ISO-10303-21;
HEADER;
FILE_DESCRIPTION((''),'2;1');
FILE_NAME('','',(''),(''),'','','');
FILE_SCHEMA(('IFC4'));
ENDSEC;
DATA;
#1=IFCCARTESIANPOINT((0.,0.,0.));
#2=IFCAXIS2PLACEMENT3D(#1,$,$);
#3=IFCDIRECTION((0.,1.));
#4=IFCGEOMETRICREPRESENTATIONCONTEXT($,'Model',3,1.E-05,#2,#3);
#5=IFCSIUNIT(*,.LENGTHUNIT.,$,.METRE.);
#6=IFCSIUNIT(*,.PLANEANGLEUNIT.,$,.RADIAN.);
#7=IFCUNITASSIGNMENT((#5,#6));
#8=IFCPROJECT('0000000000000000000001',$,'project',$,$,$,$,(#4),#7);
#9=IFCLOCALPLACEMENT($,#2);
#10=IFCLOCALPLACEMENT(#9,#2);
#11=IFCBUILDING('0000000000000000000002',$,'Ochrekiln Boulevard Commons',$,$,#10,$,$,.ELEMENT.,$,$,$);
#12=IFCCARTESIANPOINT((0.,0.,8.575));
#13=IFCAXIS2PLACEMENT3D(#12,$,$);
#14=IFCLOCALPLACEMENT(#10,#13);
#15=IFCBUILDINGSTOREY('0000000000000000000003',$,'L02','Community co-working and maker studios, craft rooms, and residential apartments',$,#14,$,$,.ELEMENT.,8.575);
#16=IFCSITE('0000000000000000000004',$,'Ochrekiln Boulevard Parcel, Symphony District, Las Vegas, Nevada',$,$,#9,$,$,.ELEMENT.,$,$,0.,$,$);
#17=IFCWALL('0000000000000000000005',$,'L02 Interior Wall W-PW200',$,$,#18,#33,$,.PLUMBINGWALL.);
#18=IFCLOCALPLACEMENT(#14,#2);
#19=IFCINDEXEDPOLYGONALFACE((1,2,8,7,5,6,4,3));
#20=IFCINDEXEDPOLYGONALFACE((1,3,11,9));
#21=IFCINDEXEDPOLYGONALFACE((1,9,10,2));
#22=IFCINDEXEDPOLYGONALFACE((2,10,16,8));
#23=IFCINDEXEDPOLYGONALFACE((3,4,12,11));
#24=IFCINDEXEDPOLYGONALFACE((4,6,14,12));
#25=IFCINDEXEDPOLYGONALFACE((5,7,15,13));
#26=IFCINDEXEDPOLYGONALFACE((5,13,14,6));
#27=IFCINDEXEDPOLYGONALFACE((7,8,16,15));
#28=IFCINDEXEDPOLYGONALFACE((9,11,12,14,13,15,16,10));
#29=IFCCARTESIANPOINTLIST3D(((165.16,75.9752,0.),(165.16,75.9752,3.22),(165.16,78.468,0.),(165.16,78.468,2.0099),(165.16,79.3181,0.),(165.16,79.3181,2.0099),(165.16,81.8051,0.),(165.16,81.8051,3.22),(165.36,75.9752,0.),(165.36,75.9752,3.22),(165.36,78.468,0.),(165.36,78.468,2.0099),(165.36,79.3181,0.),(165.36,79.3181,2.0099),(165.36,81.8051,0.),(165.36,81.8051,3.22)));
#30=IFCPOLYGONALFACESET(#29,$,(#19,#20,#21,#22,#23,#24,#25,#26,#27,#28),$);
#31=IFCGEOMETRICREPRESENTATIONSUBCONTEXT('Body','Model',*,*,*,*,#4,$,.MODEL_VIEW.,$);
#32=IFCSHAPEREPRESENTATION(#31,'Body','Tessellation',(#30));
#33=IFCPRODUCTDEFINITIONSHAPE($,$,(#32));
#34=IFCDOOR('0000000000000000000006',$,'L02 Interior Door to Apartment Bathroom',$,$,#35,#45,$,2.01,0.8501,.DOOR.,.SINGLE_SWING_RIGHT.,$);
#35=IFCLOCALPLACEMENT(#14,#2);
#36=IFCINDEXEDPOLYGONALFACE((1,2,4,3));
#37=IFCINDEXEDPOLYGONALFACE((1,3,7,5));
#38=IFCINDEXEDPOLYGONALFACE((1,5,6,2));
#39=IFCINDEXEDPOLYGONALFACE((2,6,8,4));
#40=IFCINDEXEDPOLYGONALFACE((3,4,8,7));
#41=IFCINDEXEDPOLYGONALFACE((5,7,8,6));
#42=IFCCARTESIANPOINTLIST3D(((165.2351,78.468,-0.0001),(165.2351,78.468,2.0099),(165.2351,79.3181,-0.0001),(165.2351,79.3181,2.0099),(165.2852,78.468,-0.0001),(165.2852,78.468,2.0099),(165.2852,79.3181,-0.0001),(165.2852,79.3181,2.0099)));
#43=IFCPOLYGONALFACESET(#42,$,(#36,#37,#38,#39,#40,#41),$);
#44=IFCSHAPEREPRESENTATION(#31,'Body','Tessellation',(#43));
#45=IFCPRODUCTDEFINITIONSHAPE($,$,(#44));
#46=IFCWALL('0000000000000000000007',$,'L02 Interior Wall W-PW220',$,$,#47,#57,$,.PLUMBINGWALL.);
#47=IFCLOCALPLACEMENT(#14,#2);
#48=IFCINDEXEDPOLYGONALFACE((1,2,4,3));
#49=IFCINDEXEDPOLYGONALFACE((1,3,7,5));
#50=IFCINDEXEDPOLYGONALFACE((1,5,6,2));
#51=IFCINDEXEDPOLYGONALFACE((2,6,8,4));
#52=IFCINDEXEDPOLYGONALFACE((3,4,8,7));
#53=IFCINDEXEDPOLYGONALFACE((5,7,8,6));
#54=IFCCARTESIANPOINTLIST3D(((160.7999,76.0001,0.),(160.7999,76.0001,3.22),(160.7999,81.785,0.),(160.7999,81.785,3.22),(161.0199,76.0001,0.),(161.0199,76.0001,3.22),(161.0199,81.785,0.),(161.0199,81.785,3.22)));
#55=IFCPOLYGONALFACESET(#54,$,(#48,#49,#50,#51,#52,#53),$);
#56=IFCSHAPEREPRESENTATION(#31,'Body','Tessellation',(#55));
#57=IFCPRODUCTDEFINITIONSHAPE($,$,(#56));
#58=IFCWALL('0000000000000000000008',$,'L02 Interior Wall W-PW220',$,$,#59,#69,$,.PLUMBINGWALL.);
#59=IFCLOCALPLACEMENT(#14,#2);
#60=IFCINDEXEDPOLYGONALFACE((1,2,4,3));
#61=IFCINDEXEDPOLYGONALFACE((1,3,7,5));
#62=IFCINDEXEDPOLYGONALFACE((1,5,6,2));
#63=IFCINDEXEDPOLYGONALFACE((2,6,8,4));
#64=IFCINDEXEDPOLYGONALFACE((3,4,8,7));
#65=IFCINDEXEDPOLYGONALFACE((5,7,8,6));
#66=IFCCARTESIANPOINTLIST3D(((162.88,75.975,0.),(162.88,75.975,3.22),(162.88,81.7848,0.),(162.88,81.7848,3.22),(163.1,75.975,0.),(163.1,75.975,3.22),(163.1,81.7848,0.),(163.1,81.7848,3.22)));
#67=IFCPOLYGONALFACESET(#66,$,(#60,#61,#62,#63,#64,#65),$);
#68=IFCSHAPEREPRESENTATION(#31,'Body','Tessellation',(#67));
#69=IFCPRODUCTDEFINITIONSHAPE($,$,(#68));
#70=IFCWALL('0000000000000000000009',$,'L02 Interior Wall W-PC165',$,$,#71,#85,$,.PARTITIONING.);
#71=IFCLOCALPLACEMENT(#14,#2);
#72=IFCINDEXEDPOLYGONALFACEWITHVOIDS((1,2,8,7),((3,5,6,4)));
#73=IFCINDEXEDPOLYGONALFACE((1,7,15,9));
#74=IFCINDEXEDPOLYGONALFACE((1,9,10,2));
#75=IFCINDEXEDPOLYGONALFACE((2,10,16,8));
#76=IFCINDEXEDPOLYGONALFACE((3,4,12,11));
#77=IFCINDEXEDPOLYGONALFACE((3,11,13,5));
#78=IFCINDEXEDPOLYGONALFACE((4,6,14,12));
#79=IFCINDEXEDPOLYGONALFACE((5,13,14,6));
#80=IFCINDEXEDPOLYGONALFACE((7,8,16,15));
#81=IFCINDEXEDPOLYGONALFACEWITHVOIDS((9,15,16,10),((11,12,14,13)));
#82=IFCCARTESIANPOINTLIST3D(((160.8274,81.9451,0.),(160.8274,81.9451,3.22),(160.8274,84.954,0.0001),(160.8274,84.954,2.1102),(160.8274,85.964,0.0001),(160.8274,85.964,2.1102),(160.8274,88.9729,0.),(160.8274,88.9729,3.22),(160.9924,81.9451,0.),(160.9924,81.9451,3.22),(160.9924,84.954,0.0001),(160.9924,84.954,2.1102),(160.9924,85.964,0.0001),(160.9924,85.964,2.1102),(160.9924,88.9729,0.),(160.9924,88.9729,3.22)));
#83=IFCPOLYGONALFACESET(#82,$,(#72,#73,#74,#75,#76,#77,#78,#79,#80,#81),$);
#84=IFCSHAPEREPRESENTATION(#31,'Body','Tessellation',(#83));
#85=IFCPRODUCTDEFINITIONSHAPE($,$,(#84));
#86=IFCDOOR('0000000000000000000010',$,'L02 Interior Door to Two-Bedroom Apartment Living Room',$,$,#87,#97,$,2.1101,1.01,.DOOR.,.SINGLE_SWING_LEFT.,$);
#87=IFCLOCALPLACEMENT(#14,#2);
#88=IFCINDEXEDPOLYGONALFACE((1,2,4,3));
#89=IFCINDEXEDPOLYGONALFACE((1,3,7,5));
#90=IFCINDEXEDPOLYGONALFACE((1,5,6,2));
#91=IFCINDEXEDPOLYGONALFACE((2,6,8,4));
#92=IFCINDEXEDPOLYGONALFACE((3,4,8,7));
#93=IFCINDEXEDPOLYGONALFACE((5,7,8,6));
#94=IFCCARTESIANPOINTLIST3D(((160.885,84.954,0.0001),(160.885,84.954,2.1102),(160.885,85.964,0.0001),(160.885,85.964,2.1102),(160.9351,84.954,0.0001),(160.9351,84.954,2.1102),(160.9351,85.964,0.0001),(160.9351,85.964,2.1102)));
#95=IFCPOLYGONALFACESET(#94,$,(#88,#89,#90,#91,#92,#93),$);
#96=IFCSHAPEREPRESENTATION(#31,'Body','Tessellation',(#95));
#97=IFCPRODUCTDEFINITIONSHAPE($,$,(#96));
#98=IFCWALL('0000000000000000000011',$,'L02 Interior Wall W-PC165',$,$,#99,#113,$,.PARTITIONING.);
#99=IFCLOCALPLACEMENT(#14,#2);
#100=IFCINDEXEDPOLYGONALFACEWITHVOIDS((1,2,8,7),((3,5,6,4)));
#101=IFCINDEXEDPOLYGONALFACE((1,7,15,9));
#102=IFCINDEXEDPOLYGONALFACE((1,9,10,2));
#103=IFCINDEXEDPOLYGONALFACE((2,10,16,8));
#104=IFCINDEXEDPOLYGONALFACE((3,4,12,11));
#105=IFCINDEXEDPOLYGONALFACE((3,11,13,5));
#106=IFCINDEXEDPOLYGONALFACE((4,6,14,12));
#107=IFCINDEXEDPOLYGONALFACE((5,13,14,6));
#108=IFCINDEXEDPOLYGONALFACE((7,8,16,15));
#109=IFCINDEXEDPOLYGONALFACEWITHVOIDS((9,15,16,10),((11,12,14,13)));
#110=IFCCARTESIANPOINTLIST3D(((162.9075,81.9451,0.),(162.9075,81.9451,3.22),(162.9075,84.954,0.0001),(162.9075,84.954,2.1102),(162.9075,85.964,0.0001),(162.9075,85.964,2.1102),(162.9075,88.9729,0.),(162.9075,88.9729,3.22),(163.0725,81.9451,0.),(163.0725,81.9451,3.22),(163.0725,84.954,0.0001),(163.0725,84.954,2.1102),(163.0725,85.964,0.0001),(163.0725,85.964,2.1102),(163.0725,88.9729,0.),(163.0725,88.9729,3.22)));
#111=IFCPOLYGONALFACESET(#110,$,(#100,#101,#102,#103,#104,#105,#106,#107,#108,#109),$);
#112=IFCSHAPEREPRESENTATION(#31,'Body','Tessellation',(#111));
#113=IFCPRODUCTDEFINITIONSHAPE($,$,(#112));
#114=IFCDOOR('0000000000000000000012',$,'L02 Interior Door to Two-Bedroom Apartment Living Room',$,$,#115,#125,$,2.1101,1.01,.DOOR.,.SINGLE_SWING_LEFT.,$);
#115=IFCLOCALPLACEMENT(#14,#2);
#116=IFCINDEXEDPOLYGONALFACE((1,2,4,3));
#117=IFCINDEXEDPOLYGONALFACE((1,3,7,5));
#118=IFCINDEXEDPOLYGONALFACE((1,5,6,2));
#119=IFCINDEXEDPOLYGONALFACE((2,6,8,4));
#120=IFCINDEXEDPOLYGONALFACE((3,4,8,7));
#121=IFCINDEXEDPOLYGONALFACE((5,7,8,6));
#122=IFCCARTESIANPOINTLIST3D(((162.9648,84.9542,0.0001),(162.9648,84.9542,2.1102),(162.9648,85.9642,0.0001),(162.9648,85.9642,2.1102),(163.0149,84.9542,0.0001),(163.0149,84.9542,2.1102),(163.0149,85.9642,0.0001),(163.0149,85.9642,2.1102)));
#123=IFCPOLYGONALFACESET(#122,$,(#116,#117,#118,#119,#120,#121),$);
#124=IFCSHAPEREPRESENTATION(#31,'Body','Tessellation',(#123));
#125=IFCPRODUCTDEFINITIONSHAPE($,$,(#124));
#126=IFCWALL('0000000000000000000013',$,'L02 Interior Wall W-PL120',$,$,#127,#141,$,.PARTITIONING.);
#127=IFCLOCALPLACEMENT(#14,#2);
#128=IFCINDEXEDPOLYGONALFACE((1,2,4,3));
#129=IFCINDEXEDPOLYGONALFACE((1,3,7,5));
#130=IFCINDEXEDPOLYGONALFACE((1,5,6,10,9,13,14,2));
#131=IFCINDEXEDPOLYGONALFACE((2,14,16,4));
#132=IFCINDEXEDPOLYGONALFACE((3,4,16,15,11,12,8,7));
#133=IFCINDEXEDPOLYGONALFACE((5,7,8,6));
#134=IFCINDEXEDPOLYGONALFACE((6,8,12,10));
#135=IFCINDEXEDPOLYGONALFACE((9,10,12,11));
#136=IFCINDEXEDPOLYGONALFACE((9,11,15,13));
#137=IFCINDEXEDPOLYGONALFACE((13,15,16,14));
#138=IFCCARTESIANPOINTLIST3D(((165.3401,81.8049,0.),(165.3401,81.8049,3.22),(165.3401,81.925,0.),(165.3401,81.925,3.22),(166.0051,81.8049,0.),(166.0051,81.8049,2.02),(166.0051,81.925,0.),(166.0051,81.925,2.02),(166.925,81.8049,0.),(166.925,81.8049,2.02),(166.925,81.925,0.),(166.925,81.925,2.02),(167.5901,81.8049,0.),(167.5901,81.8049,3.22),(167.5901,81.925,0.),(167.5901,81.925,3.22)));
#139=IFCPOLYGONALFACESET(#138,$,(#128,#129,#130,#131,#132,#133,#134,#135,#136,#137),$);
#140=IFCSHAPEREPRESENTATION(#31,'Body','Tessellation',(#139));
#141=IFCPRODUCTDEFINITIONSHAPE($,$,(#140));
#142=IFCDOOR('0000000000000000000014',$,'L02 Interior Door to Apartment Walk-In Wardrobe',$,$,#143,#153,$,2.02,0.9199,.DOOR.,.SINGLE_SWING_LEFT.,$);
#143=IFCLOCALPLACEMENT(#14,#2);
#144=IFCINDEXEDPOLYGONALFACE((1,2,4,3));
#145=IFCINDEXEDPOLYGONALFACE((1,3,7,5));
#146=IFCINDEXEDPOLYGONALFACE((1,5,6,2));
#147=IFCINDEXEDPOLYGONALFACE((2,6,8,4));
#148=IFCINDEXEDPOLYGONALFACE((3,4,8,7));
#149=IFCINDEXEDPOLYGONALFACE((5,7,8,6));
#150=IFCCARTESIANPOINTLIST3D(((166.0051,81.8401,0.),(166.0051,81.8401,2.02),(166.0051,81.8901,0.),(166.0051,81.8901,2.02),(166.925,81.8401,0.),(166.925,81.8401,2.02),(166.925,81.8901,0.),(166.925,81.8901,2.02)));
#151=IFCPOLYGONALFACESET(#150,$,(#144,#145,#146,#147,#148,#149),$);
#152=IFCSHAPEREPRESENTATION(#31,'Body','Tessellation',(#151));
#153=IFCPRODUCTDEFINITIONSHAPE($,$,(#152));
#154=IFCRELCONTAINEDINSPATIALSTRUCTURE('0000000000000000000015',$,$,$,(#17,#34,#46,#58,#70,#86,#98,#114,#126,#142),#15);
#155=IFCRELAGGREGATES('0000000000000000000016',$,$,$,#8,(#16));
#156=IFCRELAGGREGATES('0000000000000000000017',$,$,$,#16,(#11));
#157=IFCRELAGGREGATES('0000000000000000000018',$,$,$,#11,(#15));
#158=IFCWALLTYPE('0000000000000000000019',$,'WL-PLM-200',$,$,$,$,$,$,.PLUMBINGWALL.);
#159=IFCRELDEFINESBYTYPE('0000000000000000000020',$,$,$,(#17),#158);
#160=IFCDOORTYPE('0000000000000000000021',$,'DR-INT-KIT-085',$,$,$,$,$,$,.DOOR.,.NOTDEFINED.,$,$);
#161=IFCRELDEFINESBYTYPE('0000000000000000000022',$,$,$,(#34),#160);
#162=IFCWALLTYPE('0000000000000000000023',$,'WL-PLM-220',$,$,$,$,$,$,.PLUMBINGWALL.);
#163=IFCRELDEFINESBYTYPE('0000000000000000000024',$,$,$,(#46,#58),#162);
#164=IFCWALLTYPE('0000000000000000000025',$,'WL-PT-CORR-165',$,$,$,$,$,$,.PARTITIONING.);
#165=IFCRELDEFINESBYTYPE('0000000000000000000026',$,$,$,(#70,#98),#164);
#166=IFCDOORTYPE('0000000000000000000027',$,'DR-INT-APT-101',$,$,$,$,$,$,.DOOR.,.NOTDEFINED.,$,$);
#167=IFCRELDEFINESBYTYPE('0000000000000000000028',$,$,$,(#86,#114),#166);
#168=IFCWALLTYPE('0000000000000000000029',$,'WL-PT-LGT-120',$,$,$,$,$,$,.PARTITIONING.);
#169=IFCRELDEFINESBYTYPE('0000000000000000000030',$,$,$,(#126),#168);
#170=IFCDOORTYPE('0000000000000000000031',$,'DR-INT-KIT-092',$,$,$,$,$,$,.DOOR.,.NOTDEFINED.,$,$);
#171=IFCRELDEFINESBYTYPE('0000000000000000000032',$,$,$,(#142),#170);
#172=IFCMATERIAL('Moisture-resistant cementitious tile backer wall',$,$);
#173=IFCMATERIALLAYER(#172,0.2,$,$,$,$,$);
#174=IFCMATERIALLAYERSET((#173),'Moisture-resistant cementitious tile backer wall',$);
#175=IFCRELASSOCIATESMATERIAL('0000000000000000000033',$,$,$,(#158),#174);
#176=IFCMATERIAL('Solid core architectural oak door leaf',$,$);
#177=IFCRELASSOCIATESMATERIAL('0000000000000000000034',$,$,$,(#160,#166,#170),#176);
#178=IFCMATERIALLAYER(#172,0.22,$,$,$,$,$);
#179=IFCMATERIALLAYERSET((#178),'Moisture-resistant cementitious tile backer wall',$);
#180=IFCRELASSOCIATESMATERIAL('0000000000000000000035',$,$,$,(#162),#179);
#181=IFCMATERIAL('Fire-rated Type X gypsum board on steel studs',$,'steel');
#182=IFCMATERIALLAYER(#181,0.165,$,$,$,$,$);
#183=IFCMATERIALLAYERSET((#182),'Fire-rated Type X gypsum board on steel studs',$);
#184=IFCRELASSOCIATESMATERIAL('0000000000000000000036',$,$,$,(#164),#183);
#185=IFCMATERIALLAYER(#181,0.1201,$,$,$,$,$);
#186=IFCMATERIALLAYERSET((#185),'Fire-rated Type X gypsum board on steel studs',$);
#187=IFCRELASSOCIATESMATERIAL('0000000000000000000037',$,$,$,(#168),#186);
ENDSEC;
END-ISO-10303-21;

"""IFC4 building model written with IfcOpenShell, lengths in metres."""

from ifc_helpers import new_model, si_unit, direction, frame, frame_2d, origin, place, context, subcontext, project, spatial, rectangle, extrude, material, layer, layer_set, type_object, element, fill, save


model = new_model("IFC4")

# Units and contexts
model_context = context("Model", 3, precision=1e-05, world=origin(), true_north=direction((0.0, 1.0)))
body_context = subcontext(model_context, "Body", "Model", "MODEL_VIEW")
ifc_project = project(units=[si_unit("LENGTHUNIT", "METRE"), si_unit("PLANEANGLEUNIT", "RADIAN")], contexts=[model_context])

# Site, building, storey
site_placement = place(None, origin())
site = spatial("IfcSite", under=ifc_project, at=site_placement, Name="Ochrekiln Boulevard Parcel, Symphony District, Las Vegas, Nevada", CompositionType="ELEMENT", RefElevation=0.0)
building_placement = place(site_placement, origin())
building = spatial("IfcBuilding", under=site, at=building_placement, Name="Ochrekiln Boulevard Commons", CompositionType="ELEMENT")
storey_placement = place(building_placement, frame((0.0, 0.0, 8.575)))
storey = spatial("IfcBuildingStorey", under=building, at=storey_placement, Name="L02", Description="Community co-working and maker studios, craft rooms, and residential apartments", CompositionType="ELEMENT", Elevation=8.575)

# Shared definitions
ifc_material_1 = material(Name="Moisture-resistant cementitious tile backer wall")
ifc_layer_1 = layer(ifc_material_1, 0.2)
ifc_layer_set_1 = layer_set([ifc_layer_1], Name="Moisture-resistant cementitious tile backer wall")
wall_type_1 = type_object("IfcWallType", Name="WL-PLM-200", PredefinedType="PLUMBINGWALL", material=ifc_layer_set_1)

# Wall, opening, door
ifc_material_2 = material(Name="Solid core architectural oak door leaf")
door_type_1 = type_object("IfcDoorType", Name="DR-INT-KIT-085", OperationType="NOTDEFINED", PredefinedType="DOOR", material=ifc_material_2)
wall_1_placement = place(storey_placement, frame((165.26, 75.9751, 0.0), z_axis=(0.0, 0.0, 1.0), x_axis=(0.0, 1.0, 0.0)))
wall_1 = element("IfcWall", 1, at=wall_1_placement, inside=storey, type_object=wall_type_1, Name="L02 Interior Wall W-PW200", PredefinedType="PLUMBINGWALL", context=body_context, shape_type="SweptSolid", body=[
    extrude(rectangle(XDim=5.8298, YDim=0.2, at=frame_2d((2.915, 0.0))), origin(), (0.0, 0.0, 1.0), 3.22),
])
opening_1_placement = place(wall_1_placement, frame((2.4929, 0.0, 0.0)))
opening_1 = element("IfcOpeningElement", 2, at=opening_1_placement, cuts=wall_1, PredefinedType="OPENING", context=body_context, shape_type="SweptSolid", body=[
    extrude(rectangle(XDim=0.8501, YDim=2.01, at=frame_2d((0.425, 1.0049))), frame((0.0, 0.1099, 0.0), z_axis=(0.0, -1.0, 0.0), x_axis=(1.0, 0.0, 0.0)), (0.0, 0.0, 1.0), 0.22),
])
door_1_placement = place(opening_1_placement, origin())
door_1 = element("IfcDoor", 3, at=door_1_placement, inside=storey, type_object=door_type_1, Name="L02 Interior Door to Apartment Bathroom", OperationType="SINGLE_SWING_RIGHT", OverallHeight=2.01, OverallWidth=0.8501, PredefinedType="DOOR", context=body_context, shape_type="SweptSolid", body=[
    extrude(rectangle(XDim=0.8501, YDim=2.01, at=frame_2d((0.425, 1.0049))), frame((0.0, 0.0249, 0.0), z_axis=(0.0, -1.0, 0.0), x_axis=(1.0, 0.0, 0.0)), (0.0, 0.0, 1.0), 0.05),
])
fill(opening_1, door_1)

# Walls
ifc_layer_2 = layer(ifc_material_1, 0.22)
ifc_layer_set_2 = layer_set([ifc_layer_2], Name="Moisture-resistant cementitious tile backer wall")
wall_type_2 = type_object("IfcWallType", Name="WL-PLM-220", PredefinedType="PLUMBINGWALL", material=ifc_layer_set_2)
wall_2_placement = place(storey_placement, frame((160.9099, 76.0, 0.0), z_axis=(0.0, 0.0, 1.0), x_axis=(0.0, 1.0, 0.0)))
element("IfcWall", 4, at=wall_2_placement, inside=storey, type_object=wall_type_2, Name="L02 Interior Wall W-PW220", PredefinedType="PLUMBINGWALL", context=body_context, shape_type="SweptSolid", body=[
    extrude(rectangle(XDim=5.7849, YDim=0.22, at=frame_2d((2.8926, 0.0))), origin(), (0.0, 0.0, 1.0), 3.22),
])
wall_3_placement = place(storey_placement, frame((162.99, 75.9751, 0.0), z_axis=(0.0, 0.0, 1.0), x_axis=(0.0, 1.0, 0.0)))
element("IfcWall", 5, at=wall_3_placement, inside=storey, type_object=wall_type_2, Name="L02 Interior Wall W-PW220", PredefinedType="PLUMBINGWALL", context=body_context, shape_type="SweptSolid", body=[
    extrude(rectangle(XDim=5.8098, YDim=0.22, at=frame_2d((2.9048, 0.0))), origin(), (0.0, 0.0, 1.0), 3.22),
])

# Walls, openings, doors
ifc_material_3 = material(Name="Fire-rated Type X gypsum board on steel studs", Category="steel")
ifc_layer_3 = layer(ifc_material_3, 0.165)
ifc_layer_set_3 = layer_set([ifc_layer_3], Name="Fire-rated Type X gypsum board on steel studs")
wall_type_3 = type_object("IfcWallType", Name="WL-PT-CORR-165", PredefinedType="PARTITIONING", material=ifc_layer_set_3)
wall_4_placement = place(storey_placement, frame((160.9099, 81.9451, 0.0), z_axis=(0.0, 0.0, 1.0), x_axis=(0.0, 1.0, 0.0)))
wall_4 = element("IfcWall", 6, at=wall_4_placement, inside=storey, type_object=wall_type_3, Name="L02 Interior Wall W-PC165", PredefinedType="PARTITIONING", context=body_context, shape_type="SweptSolid", body=[
    extrude(rectangle(XDim=7.0278, YDim=0.165, at=frame_2d((3.5139, 0.0))), origin(), (0.0, 0.0, 1.0), 3.22),
])
opening_2_placement = place(wall_4_placement, frame((3.009, 0.0, 0.0)))
opening_2 = element("IfcOpeningElement", 7, at=opening_2_placement, cuts=wall_4, PredefinedType="OPENING", context=body_context, shape_type="SweptSolid", body=[
    extrude(rectangle(XDim=1.01, YDim=2.1101, at=frame_2d((0.5049, 1.0552))), frame((0.0, 0.0925, 0.0), z_axis=(0.0, -1.0, 0.0), x_axis=(1.0, 0.0, 0.0)), (0.0, 0.0, 1.0), 0.1851),
])
door_type_2 = type_object("IfcDoorType", Name="DR-INT-APT-101", OperationType="NOTDEFINED", PredefinedType="DOOR", material=ifc_material_2)
door_2_placement = place(opening_2_placement, origin())
door_2 = element("IfcDoor", 8, at=door_2_placement, inside=storey, type_object=door_type_2, Name="L02 Interior Door to Two-Bedroom Apartment Living Room", OperationType="SINGLE_SWING_LEFT", OverallHeight=2.1101, OverallWidth=1.01, PredefinedType="DOOR", context=body_context, shape_type="SweptSolid", body=[
    extrude(rectangle(XDim=1.01, YDim=2.1101, at=frame_2d((0.5049, 1.0552))), frame((0.0, 0.0249, 0.0), z_axis=(0.0, -1.0, 0.0), x_axis=(1.0, 0.0, 0.0)), (0.0, 0.0, 1.0), 0.05),
])
fill(opening_2, door_2)
wall_5_placement = place(storey_placement, frame((162.99, 81.9451, 0.0), z_axis=(0.0, 0.0, 1.0), x_axis=(0.0, 1.0, 0.0)))
wall_5 = element("IfcWall", 9, at=wall_5_placement, inside=storey, type_object=wall_type_3, Name="L02 Interior Wall W-PC165", PredefinedType="PARTITIONING", context=body_context, shape_type="SweptSolid", body=[
    extrude(rectangle(XDim=7.0278, YDim=0.165, at=frame_2d((3.5139, 0.0))), origin(), (0.0, 0.0, 1.0), 3.22),
])
opening_3_placement = place(wall_5_placement, frame((3.009, 0.0, 0.0)))
opening_3 = element("IfcOpeningElement", 10, at=opening_3_placement, cuts=wall_5, PredefinedType="OPENING", context=body_context, shape_type="SweptSolid", body=[
    extrude(rectangle(XDim=1.01, YDim=2.1101, at=frame_2d((0.5049, 1.0552))), frame((0.0, 0.0925, 0.0), z_axis=(0.0, -1.0, 0.0), x_axis=(1.0, 0.0, 0.0)), (0.0, 0.0, 1.0), 0.1851),
])
door_3_placement = place(opening_3_placement, frame((1.01, 0.0, 0.0), z_axis=(0.0, 0.0, 1.0), x_axis=(-1.0, 0.0, 0.0)))
door_3 = element("IfcDoor", 11, at=door_3_placement, inside=storey, type_object=door_type_2, Name="L02 Interior Door to Two-Bedroom Apartment Living Room", OperationType="SINGLE_SWING_LEFT", OverallHeight=2.1101, OverallWidth=1.01, PredefinedType="DOOR", context=body_context, shape_type="SweptSolid", body=[
    extrude(rectangle(XDim=1.01, YDim=2.1101, at=frame_2d((0.5049, 1.0552))), frame((0.0, 0.0249, 0.0), z_axis=(0.0, -1.0, 0.0), x_axis=(1.0, 0.0, 0.0)), (0.0, 0.0, 1.0), 0.05),
])
fill(opening_3, door_3)
ifc_layer_4 = layer(ifc_material_3, 0.1201)
ifc_layer_set_4 = layer_set([ifc_layer_4], Name="Fire-rated Type X gypsum board on steel studs")
wall_type_4 = type_object("IfcWallType", Name="WL-PT-LGT-120", PredefinedType="PARTITIONING", material=ifc_layer_set_4)
wall_6_placement = place(storey_placement, frame((165.3401, 81.865, 0.0), z_axis=(0.0, 0.0, 1.0), x_axis=(1.0, 0.0, 0.0)))
wall_6 = element("IfcWall", 12, at=wall_6_placement, inside=storey, type_object=wall_type_4, Name="L02 Interior Wall W-PL120", PredefinedType="PARTITIONING", context=body_context, shape_type="SweptSolid", body=[
    extrude(rectangle(XDim=2.25, YDim=0.1201, at=frame_2d((1.125, 0.0))), origin(), (0.0, 0.0, 1.0), 3.22),
])
opening_4_placement = place(wall_6_placement, frame((0.665, 0.0, 0.0)))
opening_4 = element("IfcOpeningElement", 13, at=opening_4_placement, cuts=wall_6, PredefinedType="OPENING", context=body_context, shape_type="SweptSolid", body=[
    extrude(rectangle(XDim=0.9199, YDim=2.02, at=frame_2d((0.46, 1.01))), frame((0.0, 0.0701, 0.0), z_axis=(0.0, -1.0, 0.0), x_axis=(1.0, 0.0, 0.0)), (0.0, 0.0, 1.0), 0.1401),
])
door_type_3 = type_object("IfcDoorType", Name="DR-INT-KIT-092", OperationType="NOTDEFINED", PredefinedType="DOOR", material=ifc_material_2)
door_4_placement = place(opening_4_placement, frame((0.9199, 0.0, 0.0), z_axis=(0.0, 0.0, 1.0), x_axis=(-1.0, 0.0, 0.0)))
door_4 = element("IfcDoor", 14, at=door_4_placement, inside=storey, type_object=door_type_3, Name="L02 Interior Door to Apartment Walk-In Wardrobe", OperationType="SINGLE_SWING_LEFT", OverallHeight=2.02, OverallWidth=0.9199, PredefinedType="DOOR", context=body_context, shape_type="SweptSolid", body=[
    extrude(rectangle(XDim=0.9199, YDim=2.02, at=frame_2d((0.46, 1.01))), frame((0.0, 0.0249, 0.0), z_axis=(0.0, -1.0, 0.0), x_axis=(1.0, 0.0, 0.0)), (0.0, 0.0, 1.0), 0.05),
])
fill(opening_4, door_4)

save(model, "model.ifc")
